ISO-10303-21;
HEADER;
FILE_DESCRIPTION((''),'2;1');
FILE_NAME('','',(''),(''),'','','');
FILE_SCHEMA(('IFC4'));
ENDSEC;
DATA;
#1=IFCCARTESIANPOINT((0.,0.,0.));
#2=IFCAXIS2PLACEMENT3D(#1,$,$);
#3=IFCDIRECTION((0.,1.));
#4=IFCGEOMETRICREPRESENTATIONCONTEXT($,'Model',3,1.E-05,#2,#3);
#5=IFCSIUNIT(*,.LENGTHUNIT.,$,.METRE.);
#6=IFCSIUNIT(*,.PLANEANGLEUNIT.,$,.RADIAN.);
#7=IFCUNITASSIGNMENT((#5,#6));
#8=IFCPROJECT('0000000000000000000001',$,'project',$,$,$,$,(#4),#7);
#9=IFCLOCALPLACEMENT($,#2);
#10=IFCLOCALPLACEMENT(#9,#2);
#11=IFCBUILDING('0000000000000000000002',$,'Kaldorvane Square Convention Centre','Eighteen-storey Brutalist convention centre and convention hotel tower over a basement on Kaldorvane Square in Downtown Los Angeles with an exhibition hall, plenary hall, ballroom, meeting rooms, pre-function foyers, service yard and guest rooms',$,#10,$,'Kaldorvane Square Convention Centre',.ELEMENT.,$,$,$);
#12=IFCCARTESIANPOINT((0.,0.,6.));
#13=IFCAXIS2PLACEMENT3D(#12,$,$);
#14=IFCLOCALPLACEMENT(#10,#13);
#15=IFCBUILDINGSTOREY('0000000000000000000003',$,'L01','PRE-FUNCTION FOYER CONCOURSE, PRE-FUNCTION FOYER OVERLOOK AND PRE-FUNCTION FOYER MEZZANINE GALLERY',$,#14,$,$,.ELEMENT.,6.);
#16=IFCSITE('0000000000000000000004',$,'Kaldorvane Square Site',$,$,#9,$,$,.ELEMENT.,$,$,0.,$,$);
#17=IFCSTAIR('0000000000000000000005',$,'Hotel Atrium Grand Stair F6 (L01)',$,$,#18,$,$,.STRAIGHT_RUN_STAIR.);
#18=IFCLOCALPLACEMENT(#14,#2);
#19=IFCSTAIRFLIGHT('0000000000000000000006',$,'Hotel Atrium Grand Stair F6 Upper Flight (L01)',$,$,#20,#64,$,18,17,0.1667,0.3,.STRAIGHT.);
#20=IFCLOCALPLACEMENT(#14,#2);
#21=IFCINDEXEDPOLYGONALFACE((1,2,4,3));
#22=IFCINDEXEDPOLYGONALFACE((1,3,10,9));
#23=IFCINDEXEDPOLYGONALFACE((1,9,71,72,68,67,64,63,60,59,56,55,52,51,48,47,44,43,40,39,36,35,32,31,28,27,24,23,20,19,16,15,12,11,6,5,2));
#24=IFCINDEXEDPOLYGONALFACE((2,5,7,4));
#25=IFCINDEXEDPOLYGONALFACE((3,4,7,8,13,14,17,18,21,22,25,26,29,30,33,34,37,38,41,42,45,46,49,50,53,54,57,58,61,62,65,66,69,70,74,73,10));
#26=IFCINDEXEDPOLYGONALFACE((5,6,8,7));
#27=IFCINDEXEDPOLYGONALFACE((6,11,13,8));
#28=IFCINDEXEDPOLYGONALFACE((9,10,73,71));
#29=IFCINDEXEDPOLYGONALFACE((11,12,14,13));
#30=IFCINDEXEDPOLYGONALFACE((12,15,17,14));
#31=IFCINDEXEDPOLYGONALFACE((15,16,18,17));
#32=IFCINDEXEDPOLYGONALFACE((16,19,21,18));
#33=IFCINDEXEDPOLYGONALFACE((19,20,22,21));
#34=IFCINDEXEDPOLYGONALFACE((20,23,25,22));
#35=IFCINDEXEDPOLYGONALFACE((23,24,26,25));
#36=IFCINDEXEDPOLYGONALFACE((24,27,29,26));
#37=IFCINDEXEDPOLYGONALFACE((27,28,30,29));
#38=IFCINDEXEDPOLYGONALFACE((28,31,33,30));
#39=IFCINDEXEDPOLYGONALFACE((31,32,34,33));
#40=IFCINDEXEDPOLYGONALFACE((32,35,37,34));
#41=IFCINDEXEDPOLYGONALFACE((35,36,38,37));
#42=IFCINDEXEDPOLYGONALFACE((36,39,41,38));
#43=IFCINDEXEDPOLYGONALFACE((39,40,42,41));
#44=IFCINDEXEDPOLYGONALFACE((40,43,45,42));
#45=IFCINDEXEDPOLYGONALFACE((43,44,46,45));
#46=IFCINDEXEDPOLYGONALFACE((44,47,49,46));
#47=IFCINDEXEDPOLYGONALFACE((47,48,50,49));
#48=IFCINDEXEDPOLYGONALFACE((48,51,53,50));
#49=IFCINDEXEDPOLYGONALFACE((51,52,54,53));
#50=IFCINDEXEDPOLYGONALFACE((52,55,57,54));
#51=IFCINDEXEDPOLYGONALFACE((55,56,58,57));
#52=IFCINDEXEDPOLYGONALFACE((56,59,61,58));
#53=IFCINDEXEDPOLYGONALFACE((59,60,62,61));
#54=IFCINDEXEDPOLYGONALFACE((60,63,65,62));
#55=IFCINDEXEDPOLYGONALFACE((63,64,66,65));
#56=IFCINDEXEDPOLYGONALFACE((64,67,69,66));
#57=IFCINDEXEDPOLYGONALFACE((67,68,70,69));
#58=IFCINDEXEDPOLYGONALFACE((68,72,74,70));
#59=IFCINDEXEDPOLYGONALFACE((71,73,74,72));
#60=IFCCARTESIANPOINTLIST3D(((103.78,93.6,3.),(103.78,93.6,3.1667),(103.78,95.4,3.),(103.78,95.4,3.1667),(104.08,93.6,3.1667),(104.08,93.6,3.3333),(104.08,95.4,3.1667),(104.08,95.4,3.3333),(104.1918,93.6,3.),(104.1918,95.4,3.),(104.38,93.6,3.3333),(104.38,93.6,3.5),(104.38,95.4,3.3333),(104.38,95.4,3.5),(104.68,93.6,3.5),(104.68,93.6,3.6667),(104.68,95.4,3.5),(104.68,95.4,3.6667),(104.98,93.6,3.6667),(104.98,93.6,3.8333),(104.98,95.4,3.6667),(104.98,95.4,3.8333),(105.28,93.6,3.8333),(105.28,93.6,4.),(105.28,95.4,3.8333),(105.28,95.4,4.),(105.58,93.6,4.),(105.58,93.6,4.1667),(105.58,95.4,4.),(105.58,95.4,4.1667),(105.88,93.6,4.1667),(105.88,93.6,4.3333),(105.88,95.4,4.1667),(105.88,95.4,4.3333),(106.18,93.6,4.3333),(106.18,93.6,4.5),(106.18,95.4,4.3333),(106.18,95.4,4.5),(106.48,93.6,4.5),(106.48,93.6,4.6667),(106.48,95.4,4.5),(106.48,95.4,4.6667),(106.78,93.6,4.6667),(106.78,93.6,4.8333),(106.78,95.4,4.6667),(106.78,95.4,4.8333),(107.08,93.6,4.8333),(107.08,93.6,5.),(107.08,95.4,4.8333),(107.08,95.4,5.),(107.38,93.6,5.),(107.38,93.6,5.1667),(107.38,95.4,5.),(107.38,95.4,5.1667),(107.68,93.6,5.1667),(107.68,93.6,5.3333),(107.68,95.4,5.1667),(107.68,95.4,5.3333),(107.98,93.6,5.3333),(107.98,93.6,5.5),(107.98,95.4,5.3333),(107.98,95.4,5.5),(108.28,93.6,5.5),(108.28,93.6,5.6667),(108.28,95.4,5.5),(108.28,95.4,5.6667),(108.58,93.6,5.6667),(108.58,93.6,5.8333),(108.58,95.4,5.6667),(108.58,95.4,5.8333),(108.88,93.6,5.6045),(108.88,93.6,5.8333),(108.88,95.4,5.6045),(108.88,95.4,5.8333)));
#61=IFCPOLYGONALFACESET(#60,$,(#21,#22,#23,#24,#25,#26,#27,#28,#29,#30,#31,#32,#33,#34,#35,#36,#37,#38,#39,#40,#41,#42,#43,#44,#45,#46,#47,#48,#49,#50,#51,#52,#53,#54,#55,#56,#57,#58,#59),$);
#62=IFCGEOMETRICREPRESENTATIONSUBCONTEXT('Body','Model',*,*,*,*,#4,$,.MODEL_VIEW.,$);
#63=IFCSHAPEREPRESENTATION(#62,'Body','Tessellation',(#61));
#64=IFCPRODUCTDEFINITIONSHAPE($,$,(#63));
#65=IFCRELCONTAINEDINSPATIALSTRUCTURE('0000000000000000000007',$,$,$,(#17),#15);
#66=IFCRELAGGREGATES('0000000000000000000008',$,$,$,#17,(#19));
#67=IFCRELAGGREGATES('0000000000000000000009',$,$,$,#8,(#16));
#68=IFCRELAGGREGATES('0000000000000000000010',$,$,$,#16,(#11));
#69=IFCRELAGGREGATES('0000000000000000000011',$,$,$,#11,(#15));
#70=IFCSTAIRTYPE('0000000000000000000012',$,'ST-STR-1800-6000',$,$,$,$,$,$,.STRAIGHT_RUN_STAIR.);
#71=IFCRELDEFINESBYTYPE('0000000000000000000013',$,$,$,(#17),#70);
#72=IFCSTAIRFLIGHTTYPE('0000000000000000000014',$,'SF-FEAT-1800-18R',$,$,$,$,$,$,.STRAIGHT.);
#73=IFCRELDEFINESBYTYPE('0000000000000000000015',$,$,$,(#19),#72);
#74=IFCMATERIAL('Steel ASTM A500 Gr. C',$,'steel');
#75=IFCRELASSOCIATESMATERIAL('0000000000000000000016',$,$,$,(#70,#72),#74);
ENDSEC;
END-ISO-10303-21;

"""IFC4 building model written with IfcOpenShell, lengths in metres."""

from ifc_helpers import new_model, si_unit, direction, frame, origin, place, context, subcontext, project, spatial, polyline, outline, extrude, material, type_object, element, aggregate, save


model = new_model("IFC4")

# Units and contexts
model_context = context("Model", 3, precision=1e-05, world=origin(), true_north=direction((0.0, 1.0)))
body_context = subcontext(model_context, "Body", "Model", "MODEL_VIEW")
ifc_project = project(units=[si_unit("LENGTHUNIT", "METRE"), si_unit("PLANEANGLEUNIT", "RADIAN")], contexts=[model_context])

# Site, building, storey
site_placement = place(None, origin())
site = spatial("IfcSite", under=ifc_project, at=site_placement, Name="Kaldorvane Square Site", CompositionType="ELEMENT", RefElevation=0.0)
building_placement = place(site_placement, origin())
building = spatial("IfcBuilding", under=site, at=building_placement, Name="Kaldorvane Square Convention Centre", Description="Eighteen-storey Brutalist convention centre and convention hotel tower over a basement on Kaldorvane Square in Downtown Los Angeles with an exhibition hall, plenary hall, ballroom, meeting rooms, pre-function foyers, service yard and guest rooms", LongName="Kaldorvane Square Convention Centre", CompositionType="ELEMENT")
storey_placement = place(building_placement, frame((0.0, 0.0, 6.0)))
storey = spatial("IfcBuildingStorey", under=building, at=storey_placement, Name="L01", Description="PRE-FUNCTION FOYER CONCOURSE, PRE-FUNCTION FOYER OVERLOOK AND PRE-FUNCTION FOYER MEZZANINE GALLERY", CompositionType="ELEMENT", Elevation=6.0)

# Stair, stair flight
ifc_material_1 = material(Name="Steel ASTM A500 Gr. C", Category="steel")
stair_type = type_object("IfcStairType", Name="ST-STR-1800-6000", PredefinedType="STRAIGHT_RUN_STAIR", material=ifc_material_1)
stair_placement = place(storey_placement, origin())
stair = element("IfcStair", 1, at=stair_placement, inside=storey, type_object=stair_type, Name="Hotel Atrium Grand Stair F6 (L01)", PredefinedType="STRAIGHT_RUN_STAIR")
stair_flight_type = type_object("IfcStairFlightType", Name="SF-FEAT-1800-18R", PredefinedType="STRAIGHT", material=ifc_material_1)
stair_flight_placement = place(storey_placement, frame((103.78, 94.5, 3.0), z_axis=(0.0, 0.0, 1.0), x_axis=(1.0, 0.0, 0.0)))
stair_flight = element("IfcStairFlight", 2, at=stair_flight_placement, type_object=stair_flight_type, Name="Hotel Atrium Grand Stair F6 Upper Flight (L01)", NumberOfRisers=18, NumberOfTreads=17, PredefinedType="STRAIGHT", RiserHeight=0.1667, TreadLength=0.3, context=body_context, shape_type="SweptSolid", body=[
    extrude(outline(polyline([(0.0, 0.0), (0.0, 0.1667), (0.3, 0.1667), (0.3, 0.3333), (0.6, 0.3333), (0.6, 0.5), (0.9, 0.5), (0.9, 0.6667), (1.2, 0.6667), (1.2, 0.8333), (1.5, 0.8333), (1.5, 1.0), (1.8, 1.0), (1.8, 1.1667), (2.1, 1.1667), (2.1, 1.3333), (2.4, 1.3333), (2.4, 1.5), (2.7, 1.5), (2.7, 1.6667), (3.0, 1.6667), (3.0, 1.8333), (3.3, 1.8333), (3.3, 2.0), (3.6, 2.0), (3.6, 2.1667), (3.9, 2.1667), (3.9, 2.3333), (4.2, 2.3333), (4.2, 2.5), (4.5, 2.5), (4.5, 2.6667), (4.8, 2.6667), (4.8, 2.8333), (5.1, 2.8333), (5.1, 3.0), (5.1, 2.6045), (0.4118, 0.0), (0.0, 0.0)])), frame((0.0, 0.9, 0.0), z_axis=(0.0, -1.0, 0.0), x_axis=(1.0, 0.0, 0.0)), (0.0, 0.0, 1.0), 1.8),
])
aggregate(stair, [stair_flight])

save(model, "model.ifc")
